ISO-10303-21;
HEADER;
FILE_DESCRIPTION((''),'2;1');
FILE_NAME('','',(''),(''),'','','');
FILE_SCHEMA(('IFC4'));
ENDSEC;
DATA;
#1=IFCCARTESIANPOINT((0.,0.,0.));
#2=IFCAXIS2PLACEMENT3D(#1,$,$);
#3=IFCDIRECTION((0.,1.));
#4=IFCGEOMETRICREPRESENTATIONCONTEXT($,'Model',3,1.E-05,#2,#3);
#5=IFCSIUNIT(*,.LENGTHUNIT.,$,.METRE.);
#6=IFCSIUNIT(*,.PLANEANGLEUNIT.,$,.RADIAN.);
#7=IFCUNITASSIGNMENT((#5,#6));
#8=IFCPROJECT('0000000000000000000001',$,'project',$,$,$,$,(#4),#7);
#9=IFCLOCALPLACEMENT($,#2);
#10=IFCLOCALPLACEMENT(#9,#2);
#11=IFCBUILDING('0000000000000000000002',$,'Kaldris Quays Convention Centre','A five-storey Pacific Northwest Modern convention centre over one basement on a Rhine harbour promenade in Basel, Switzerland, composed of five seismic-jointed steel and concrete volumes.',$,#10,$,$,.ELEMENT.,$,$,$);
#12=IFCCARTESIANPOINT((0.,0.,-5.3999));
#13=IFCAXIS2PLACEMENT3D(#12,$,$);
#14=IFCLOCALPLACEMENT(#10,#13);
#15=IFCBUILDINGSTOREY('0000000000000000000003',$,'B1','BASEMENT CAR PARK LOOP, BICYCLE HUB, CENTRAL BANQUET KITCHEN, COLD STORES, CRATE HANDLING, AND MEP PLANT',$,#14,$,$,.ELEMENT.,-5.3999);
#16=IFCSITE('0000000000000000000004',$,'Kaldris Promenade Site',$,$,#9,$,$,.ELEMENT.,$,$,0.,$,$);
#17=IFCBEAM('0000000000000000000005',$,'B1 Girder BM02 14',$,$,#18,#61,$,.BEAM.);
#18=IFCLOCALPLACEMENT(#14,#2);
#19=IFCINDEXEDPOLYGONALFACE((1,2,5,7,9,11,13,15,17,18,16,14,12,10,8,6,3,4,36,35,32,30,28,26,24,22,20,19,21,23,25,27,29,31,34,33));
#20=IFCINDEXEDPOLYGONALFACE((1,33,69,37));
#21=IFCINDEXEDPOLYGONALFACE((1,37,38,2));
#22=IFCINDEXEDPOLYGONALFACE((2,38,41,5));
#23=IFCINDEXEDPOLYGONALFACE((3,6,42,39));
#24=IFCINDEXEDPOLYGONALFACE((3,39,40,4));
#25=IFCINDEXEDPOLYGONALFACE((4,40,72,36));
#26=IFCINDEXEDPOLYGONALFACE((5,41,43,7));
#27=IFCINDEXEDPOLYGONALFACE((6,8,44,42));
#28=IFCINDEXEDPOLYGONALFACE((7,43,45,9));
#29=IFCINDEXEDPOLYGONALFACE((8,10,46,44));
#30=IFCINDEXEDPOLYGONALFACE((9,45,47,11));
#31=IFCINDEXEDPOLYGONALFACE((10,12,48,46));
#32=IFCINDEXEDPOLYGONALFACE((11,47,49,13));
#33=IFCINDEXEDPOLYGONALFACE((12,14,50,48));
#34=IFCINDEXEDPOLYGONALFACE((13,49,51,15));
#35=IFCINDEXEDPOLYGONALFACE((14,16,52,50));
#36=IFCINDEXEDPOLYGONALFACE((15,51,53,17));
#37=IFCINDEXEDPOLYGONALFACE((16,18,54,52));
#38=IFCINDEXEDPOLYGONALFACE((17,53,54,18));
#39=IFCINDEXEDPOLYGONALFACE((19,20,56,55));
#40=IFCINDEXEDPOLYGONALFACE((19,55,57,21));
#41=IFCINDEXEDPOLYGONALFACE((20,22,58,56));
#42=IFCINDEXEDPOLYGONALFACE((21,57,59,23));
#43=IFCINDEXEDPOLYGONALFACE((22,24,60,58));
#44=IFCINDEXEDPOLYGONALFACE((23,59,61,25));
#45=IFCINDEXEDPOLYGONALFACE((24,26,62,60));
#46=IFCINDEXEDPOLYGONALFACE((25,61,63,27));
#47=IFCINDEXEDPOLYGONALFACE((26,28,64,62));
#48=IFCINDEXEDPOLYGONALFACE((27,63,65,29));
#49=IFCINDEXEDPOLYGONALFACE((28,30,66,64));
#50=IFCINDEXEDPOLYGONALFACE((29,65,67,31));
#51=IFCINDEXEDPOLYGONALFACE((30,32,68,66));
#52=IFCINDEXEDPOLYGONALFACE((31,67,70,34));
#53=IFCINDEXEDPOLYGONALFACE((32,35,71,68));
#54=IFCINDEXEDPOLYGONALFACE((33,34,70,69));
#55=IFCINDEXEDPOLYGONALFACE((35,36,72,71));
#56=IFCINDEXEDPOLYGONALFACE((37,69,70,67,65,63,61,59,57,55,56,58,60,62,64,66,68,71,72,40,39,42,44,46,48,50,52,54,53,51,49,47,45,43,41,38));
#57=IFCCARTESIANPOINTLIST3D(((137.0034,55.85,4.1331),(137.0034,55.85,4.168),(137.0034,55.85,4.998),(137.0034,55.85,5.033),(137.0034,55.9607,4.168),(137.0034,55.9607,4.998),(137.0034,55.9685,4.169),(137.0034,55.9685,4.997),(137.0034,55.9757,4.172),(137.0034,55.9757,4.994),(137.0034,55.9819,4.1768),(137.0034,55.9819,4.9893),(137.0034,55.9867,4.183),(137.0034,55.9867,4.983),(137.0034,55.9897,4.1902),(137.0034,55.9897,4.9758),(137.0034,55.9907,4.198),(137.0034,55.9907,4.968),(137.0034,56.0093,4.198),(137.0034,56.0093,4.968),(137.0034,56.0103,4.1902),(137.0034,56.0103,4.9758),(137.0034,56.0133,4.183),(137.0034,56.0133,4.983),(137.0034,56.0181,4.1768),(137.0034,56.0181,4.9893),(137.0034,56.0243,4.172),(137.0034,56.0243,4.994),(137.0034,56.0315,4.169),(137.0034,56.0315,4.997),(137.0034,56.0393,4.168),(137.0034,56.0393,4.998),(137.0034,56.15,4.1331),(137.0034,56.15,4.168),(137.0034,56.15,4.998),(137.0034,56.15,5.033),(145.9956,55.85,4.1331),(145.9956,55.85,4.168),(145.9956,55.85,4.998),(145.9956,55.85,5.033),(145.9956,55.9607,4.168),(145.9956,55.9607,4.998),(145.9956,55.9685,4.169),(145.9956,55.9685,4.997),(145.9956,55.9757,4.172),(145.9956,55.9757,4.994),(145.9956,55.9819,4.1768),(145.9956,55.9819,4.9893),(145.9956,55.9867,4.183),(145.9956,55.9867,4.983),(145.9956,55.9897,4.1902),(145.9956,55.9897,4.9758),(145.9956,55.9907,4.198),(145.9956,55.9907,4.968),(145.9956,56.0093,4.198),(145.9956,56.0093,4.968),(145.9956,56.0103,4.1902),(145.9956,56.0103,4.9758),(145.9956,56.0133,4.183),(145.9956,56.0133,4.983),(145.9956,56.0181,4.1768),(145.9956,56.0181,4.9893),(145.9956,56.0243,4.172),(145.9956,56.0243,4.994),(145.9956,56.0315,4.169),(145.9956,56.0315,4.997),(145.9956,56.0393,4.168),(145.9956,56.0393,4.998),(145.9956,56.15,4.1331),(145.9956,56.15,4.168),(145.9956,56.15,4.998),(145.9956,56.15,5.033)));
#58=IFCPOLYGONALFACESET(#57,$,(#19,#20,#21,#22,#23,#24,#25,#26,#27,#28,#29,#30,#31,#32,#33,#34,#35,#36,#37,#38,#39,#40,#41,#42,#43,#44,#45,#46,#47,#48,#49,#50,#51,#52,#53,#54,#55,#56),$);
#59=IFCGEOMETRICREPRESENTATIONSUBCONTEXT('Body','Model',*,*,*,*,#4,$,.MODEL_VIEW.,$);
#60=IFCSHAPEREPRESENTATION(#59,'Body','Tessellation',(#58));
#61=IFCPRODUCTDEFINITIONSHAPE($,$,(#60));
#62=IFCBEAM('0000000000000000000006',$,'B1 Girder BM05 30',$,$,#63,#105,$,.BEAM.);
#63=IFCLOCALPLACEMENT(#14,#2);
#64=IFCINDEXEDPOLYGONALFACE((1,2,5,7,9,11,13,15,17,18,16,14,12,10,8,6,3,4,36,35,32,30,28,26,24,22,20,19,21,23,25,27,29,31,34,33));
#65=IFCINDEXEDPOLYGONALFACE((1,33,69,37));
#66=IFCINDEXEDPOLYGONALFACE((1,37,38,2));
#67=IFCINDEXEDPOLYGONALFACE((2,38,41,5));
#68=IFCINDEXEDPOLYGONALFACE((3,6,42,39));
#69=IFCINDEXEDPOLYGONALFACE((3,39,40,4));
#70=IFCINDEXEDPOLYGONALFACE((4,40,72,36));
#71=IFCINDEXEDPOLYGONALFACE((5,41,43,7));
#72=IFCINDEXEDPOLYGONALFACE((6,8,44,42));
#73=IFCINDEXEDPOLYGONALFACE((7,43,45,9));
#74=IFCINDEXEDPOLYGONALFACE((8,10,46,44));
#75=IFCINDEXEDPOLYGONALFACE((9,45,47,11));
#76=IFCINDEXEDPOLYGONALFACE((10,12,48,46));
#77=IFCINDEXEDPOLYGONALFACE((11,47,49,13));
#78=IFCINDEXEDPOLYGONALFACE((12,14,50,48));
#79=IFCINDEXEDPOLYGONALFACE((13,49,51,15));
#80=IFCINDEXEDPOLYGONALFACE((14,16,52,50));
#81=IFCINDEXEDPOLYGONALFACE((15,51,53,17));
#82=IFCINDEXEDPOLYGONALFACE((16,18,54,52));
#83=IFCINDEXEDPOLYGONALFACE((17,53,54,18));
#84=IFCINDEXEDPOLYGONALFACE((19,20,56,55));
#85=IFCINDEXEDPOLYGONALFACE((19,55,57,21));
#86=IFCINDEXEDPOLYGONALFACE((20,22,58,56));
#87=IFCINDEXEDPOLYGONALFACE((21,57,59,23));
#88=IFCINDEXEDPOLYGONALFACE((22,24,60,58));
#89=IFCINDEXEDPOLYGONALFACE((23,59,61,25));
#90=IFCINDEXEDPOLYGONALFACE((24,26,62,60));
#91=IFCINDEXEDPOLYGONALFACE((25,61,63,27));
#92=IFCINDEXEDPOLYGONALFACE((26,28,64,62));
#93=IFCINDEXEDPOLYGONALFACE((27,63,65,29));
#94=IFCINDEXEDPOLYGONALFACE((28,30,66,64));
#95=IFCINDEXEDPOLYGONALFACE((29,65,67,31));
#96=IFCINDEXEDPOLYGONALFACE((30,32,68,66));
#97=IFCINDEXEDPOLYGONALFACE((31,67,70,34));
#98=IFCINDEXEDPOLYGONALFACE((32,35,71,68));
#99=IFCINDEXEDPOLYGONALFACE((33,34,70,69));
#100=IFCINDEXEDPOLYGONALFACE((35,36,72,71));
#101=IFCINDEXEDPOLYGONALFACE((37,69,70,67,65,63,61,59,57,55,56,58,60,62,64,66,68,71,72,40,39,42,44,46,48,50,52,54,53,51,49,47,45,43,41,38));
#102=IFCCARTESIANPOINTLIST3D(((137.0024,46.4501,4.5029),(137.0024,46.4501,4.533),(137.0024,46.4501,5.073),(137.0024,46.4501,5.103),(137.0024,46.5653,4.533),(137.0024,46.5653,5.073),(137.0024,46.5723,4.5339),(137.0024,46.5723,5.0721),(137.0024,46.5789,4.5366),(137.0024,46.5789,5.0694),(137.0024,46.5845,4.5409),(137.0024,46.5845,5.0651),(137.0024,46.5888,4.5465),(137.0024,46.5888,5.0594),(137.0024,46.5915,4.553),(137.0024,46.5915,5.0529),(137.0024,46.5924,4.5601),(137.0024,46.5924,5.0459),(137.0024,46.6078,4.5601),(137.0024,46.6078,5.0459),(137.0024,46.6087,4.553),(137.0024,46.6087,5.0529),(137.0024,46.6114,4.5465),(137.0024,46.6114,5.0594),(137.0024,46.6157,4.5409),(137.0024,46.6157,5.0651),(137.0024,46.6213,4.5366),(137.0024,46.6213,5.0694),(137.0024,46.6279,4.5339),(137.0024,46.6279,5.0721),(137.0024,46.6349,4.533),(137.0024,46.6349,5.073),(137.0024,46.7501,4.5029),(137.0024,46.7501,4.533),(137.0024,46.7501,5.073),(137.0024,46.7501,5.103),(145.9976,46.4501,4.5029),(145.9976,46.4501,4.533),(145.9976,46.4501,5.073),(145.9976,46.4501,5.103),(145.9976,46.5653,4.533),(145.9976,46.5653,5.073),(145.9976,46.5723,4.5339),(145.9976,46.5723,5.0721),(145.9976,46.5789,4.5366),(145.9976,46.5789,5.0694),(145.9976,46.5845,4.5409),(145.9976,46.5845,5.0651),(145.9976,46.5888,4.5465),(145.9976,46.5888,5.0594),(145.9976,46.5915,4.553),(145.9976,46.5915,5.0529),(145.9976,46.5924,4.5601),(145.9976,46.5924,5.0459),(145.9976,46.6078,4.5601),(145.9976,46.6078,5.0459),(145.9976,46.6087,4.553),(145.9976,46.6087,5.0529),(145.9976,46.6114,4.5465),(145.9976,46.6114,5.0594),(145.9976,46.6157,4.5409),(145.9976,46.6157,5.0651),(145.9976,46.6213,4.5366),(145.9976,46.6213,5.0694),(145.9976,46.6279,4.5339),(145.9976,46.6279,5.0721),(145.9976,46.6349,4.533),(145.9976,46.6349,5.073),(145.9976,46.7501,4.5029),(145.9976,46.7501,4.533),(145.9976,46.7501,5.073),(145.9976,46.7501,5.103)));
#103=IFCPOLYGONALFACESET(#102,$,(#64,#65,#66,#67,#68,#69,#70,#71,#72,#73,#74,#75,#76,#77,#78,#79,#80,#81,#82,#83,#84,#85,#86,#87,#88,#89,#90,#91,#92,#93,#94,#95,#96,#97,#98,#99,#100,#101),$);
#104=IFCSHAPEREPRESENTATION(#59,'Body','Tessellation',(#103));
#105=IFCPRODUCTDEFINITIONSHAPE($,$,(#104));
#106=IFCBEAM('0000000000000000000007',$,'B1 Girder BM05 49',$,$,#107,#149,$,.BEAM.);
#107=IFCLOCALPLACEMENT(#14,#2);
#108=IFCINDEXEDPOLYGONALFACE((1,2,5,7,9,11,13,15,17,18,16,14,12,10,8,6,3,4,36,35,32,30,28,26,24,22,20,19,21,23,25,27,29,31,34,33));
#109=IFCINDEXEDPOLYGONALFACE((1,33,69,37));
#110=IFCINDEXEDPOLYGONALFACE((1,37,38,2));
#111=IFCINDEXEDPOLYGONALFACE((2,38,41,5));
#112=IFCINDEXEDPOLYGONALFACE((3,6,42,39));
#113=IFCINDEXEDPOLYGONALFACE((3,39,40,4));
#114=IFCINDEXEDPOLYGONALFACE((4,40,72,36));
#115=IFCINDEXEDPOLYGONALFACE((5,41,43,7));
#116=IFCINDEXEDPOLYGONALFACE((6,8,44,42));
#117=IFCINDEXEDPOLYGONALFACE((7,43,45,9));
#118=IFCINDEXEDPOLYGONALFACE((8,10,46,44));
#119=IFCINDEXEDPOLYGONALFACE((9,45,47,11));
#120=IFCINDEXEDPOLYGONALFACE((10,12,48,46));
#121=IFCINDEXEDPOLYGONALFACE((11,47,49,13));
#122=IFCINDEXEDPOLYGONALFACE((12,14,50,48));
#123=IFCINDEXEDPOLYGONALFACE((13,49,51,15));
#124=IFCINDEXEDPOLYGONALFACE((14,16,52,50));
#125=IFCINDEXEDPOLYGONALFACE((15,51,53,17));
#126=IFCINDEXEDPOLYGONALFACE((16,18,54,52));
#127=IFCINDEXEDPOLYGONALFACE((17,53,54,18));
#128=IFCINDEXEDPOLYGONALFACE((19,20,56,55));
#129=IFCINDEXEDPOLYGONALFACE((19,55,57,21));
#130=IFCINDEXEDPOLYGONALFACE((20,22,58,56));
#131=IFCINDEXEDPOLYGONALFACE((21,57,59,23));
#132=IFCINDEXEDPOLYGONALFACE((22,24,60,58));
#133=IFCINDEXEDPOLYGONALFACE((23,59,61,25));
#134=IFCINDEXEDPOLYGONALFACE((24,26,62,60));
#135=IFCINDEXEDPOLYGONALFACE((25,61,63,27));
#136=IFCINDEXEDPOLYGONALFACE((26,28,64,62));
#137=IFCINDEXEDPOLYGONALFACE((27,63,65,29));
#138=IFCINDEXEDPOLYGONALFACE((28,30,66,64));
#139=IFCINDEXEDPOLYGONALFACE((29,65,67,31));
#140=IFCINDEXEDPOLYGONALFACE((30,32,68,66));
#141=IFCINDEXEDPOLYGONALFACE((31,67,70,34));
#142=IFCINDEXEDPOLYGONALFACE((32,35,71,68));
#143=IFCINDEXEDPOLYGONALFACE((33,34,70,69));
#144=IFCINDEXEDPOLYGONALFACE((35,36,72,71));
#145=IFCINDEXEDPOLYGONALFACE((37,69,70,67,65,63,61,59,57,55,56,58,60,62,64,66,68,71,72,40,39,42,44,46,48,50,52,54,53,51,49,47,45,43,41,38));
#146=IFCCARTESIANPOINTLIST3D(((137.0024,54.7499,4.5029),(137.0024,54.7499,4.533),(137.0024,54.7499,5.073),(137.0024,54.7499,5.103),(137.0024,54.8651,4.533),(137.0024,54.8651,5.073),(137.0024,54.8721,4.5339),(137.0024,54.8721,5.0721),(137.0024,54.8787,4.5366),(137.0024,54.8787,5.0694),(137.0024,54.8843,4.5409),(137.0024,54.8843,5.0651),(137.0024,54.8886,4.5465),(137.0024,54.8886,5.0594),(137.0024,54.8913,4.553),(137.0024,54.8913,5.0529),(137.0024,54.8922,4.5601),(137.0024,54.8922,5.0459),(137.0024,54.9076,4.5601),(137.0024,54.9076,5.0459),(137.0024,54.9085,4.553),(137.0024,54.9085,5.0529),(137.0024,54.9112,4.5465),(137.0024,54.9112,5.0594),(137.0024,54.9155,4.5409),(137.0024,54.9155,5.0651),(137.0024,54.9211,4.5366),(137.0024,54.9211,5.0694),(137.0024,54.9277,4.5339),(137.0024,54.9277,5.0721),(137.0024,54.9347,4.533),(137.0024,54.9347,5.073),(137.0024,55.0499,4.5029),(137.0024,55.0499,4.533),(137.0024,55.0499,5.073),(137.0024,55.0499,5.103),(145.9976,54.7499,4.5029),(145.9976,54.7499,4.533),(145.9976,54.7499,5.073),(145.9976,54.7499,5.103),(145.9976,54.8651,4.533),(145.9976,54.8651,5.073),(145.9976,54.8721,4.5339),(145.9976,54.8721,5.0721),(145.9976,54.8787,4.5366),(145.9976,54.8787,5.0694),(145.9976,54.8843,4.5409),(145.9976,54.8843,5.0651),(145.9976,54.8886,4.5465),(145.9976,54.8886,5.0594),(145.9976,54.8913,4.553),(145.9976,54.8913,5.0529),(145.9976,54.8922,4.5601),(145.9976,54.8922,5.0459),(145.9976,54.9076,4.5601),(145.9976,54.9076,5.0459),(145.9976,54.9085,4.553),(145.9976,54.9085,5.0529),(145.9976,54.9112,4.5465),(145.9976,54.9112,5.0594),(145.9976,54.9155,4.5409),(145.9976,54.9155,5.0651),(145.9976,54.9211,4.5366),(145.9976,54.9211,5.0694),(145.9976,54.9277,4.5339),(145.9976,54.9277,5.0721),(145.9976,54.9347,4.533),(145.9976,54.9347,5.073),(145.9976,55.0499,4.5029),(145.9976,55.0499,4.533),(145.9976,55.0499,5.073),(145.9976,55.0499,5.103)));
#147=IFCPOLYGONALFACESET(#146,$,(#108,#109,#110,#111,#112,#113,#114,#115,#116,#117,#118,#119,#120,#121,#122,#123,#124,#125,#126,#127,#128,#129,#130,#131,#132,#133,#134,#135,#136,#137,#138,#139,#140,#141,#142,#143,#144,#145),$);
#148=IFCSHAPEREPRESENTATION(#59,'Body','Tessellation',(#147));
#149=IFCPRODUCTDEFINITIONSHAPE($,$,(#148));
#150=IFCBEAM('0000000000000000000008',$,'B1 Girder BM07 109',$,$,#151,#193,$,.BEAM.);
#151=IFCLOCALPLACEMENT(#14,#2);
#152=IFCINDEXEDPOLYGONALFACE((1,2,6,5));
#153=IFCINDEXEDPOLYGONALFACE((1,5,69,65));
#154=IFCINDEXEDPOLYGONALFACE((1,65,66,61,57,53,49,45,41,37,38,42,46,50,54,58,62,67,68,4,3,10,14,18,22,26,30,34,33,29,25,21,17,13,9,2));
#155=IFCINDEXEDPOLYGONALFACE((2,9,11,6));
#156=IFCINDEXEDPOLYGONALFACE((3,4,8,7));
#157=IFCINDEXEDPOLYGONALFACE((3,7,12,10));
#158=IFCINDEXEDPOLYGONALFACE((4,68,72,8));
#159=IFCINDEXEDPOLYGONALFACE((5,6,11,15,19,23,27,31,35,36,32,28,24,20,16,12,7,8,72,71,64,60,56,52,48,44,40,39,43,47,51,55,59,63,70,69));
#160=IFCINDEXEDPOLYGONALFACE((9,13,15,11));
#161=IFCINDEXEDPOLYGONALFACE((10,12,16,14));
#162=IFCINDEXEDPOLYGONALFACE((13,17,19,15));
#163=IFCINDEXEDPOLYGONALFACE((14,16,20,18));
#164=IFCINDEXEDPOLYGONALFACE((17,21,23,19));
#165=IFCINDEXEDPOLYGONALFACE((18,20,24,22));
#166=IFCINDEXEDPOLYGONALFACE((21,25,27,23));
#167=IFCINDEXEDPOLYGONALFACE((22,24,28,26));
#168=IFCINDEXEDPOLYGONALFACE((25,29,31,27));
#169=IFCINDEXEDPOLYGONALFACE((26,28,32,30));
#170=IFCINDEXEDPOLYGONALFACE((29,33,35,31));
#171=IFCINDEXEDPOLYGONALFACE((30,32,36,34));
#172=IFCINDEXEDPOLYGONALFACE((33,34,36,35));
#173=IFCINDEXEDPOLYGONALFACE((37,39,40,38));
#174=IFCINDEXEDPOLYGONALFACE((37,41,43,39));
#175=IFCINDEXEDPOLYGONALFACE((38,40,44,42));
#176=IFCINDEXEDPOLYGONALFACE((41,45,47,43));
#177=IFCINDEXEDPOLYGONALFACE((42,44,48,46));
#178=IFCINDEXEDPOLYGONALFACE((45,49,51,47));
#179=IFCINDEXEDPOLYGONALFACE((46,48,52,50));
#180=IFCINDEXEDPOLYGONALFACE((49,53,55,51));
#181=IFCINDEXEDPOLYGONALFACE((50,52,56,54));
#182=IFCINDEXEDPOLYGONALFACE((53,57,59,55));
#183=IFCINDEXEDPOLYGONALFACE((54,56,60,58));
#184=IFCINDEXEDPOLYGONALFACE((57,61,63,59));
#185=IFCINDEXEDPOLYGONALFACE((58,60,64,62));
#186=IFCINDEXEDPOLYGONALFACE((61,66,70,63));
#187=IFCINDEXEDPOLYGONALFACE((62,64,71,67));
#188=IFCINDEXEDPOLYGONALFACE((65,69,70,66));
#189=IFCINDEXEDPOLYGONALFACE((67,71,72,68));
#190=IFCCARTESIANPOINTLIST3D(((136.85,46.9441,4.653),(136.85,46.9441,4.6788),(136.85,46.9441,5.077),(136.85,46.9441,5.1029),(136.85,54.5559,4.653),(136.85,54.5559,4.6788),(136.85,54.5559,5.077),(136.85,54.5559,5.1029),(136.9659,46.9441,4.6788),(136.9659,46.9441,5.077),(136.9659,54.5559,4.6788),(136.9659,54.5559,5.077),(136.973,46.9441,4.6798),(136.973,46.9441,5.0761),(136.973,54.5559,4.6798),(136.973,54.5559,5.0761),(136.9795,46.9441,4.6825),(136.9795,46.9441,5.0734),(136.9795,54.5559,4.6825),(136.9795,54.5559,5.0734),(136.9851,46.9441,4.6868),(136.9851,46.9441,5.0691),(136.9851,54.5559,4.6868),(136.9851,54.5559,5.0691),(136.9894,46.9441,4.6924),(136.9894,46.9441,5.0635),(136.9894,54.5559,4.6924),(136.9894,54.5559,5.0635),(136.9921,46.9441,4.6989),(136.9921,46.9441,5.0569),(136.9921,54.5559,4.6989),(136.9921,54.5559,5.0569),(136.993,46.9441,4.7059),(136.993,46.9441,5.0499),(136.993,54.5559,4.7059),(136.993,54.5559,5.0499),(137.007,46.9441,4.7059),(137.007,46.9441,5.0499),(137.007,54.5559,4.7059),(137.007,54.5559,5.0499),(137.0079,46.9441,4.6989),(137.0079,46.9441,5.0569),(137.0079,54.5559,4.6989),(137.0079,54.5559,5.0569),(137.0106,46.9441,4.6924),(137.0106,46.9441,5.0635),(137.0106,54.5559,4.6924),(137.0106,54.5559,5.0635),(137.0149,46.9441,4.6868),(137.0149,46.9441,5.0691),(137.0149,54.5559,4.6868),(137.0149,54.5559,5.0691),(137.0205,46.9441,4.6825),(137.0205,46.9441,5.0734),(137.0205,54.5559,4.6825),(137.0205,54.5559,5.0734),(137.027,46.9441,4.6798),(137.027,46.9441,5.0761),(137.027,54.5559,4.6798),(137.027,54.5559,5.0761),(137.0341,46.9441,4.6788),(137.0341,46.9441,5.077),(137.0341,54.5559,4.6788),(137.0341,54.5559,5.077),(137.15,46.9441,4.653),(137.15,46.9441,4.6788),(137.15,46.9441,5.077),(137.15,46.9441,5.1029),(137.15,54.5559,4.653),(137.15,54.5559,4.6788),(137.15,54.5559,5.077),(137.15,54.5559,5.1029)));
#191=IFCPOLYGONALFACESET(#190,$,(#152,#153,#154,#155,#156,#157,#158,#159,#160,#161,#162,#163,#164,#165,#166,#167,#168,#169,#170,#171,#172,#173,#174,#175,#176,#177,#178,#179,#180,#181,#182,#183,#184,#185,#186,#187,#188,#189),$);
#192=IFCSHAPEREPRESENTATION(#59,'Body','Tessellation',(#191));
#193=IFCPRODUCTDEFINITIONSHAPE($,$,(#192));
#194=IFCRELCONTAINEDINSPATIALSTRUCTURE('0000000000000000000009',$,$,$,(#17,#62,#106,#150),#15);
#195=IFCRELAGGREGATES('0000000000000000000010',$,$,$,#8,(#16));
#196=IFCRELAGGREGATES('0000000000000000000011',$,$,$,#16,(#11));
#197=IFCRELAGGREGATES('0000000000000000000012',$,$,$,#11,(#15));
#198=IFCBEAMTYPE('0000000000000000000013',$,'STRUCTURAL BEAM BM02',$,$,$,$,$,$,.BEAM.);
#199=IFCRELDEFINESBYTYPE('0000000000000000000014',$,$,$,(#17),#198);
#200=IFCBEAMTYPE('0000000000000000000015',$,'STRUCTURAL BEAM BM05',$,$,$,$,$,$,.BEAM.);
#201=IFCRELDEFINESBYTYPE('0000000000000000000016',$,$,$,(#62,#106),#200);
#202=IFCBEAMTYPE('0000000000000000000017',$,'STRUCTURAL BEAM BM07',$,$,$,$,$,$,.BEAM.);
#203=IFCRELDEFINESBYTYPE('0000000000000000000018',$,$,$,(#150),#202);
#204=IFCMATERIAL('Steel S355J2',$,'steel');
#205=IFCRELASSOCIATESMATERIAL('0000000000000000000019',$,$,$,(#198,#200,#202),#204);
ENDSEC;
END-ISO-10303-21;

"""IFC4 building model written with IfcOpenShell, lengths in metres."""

from ifc_helpers import new_model, si_unit, direction, frame, origin, origin_2d, place, context, subcontext, project, spatial, i_section, extrude, material, material_profile, profile_set, type_object, element, save


model = new_model("IFC4")

# Units and contexts
model_context = context("Model", 3, precision=1e-05, world=origin(), true_north=direction((0.0, 1.0)))
body_context = subcontext(model_context, "Body", "Model", "MODEL_VIEW")
ifc_project = project(units=[si_unit("LENGTHUNIT", "METRE"), si_unit("PLANEANGLEUNIT", "RADIAN")], contexts=[model_context])

# Site, building, storey
site_placement = place(None, origin())
site = spatial("IfcSite", under=ifc_project, at=site_placement, Name="Kaldris Promenade Site", CompositionType="ELEMENT", RefElevation=0.0)
building_placement = place(site_placement, origin())
building = spatial("IfcBuilding", under=site, at=building_placement, Name="Kaldris Quays Convention Centre", Description="A five-storey Pacific Northwest Modern convention centre over one basement on a Rhine harbour promenade in Basel, Switzerland, composed of five seismic-jointed steel and concrete volumes.", CompositionType="ELEMENT")
storey_placement = place(building_placement, frame((0.0, 0.0, -5.3999)))
storey = spatial("IfcBuildingStorey", under=building, at=storey_placement, Name="B1", Description="BASEMENT CAR PARK LOOP, BICYCLE HUB, CENTRAL BANQUET KITCHEN, COLD STORES, CRATE HANDLING, AND MEP PLANT", CompositionType="ELEMENT", Elevation=-5.3999)

# Shared definitions
ifc_material_1 = material(Name="Steel S355J2", Category="steel")

# Beams
ifc_material_profile_1 = material_profile(ifc_material_1, i_section(OverallWidth=0.3, OverallDepth=0.8999, WebThickness=0.0186, FlangeThickness=0.0349, FilletRadius=0.03, at=origin_2d()), Name="HEB 900")
ifc_profile_set_1 = profile_set([ifc_material_profile_1], Name="Steel S355J2")
beam_type_1 = type_object("IfcBeamType", Name="STRUCTURAL BEAM BM02", PredefinedType="BEAM", material=ifc_profile_set_1)
beam_1_placement = place(storey_placement, frame((137.0034, 56.0, 4.583), z_axis=(1.0, 0.0, 0.0), x_axis=(0.0, 1.0, 0.0)))
element("IfcBeam", 1, at=beam_1_placement, inside=storey, type_object=beam_type_1, Name="B1 Girder BM02 14", PredefinedType="BEAM", context=body_context, shape_type="SweptSolid", body=[
    extrude(i_section(OverallWidth=0.3, OverallDepth=0.8999, WebThickness=0.0186, FlangeThickness=0.0349, FilletRadius=0.03, at=origin_2d()), origin(), (0.0, 0.0, 1.0), 8.9922),
])
ifc_material_profile_2 = material_profile(ifc_material_1, i_section(OverallWidth=0.3, OverallDepth=0.6001, WebThickness=0.0154, FlangeThickness=0.03, FilletRadius=0.0271, at=origin_2d()), Name="HEB 600")
ifc_profile_set_2 = profile_set([ifc_material_profile_2], Name="Steel S355J2")
beam_type_2 = type_object("IfcBeamType", Name="STRUCTURAL BEAM BM05", PredefinedType="BEAM", material=ifc_profile_set_2)
for number, where, z_axis, x_axis, name in (
    (2, (137.0024, 46.6001, 4.803), (1.0, 0.0, 0.0), (0.0, 1.0, 0.0), "B1 Girder BM05 30"),
    (3, (137.0024, 54.8999, 4.803), (1.0, 0.0, 0.0), (0.0, 1.0, 0.0), "B1 Girder BM05 49"),
):
    element("IfcBeam", number, at=place(storey_placement, frame(where, z_axis=z_axis, x_axis=x_axis)), inside=storey, type_object=beam_type_2, Name=name, PredefinedType="BEAM", context=body_context, shape_type="SweptSolid", body=[
        extrude(i_section(OverallWidth=0.3, OverallDepth=0.6001, WebThickness=0.0154, FlangeThickness=0.03, FilletRadius=0.0271, at=origin_2d()), origin(), (0.0, 0.0, 1.0), 8.9951),
    ])
ifc_material_profile_3 = material_profile(ifc_material_1, i_section(OverallWidth=0.3, OverallDepth=0.45, WebThickness=0.0139, FlangeThickness=0.0259, FilletRadius=0.0271, at=origin_2d()), Name="HEB 450")
ifc_profile_set_3 = profile_set([ifc_material_profile_3], Name="Steel S355J2")
beam_type_3 = type_object("IfcBeamType", Name="STRUCTURAL BEAM BM07", PredefinedType="BEAM", material=ifc_profile_set_3)
beam_2_placement = place(storey_placement, frame((137.0, 46.9441, 4.8779), z_axis=(0.0, 1.0, 0.0), x_axis=(-1.0, 0.0, 0.0)))
element("IfcBeam", 4, at=beam_2_placement, inside=storey, type_object=beam_type_3, Name="B1 Girder BM07 109", PredefinedType="BEAM", context=body_context, shape_type="SweptSolid", body=[
    extrude(i_section(OverallWidth=0.3, OverallDepth=0.45, WebThickness=0.0139, FlangeThickness=0.0259, FilletRadius=0.0271, at=origin_2d()), origin(), (0.0, 0.0, 1.0), 7.6118),
])

save(model, "model.ifc")
